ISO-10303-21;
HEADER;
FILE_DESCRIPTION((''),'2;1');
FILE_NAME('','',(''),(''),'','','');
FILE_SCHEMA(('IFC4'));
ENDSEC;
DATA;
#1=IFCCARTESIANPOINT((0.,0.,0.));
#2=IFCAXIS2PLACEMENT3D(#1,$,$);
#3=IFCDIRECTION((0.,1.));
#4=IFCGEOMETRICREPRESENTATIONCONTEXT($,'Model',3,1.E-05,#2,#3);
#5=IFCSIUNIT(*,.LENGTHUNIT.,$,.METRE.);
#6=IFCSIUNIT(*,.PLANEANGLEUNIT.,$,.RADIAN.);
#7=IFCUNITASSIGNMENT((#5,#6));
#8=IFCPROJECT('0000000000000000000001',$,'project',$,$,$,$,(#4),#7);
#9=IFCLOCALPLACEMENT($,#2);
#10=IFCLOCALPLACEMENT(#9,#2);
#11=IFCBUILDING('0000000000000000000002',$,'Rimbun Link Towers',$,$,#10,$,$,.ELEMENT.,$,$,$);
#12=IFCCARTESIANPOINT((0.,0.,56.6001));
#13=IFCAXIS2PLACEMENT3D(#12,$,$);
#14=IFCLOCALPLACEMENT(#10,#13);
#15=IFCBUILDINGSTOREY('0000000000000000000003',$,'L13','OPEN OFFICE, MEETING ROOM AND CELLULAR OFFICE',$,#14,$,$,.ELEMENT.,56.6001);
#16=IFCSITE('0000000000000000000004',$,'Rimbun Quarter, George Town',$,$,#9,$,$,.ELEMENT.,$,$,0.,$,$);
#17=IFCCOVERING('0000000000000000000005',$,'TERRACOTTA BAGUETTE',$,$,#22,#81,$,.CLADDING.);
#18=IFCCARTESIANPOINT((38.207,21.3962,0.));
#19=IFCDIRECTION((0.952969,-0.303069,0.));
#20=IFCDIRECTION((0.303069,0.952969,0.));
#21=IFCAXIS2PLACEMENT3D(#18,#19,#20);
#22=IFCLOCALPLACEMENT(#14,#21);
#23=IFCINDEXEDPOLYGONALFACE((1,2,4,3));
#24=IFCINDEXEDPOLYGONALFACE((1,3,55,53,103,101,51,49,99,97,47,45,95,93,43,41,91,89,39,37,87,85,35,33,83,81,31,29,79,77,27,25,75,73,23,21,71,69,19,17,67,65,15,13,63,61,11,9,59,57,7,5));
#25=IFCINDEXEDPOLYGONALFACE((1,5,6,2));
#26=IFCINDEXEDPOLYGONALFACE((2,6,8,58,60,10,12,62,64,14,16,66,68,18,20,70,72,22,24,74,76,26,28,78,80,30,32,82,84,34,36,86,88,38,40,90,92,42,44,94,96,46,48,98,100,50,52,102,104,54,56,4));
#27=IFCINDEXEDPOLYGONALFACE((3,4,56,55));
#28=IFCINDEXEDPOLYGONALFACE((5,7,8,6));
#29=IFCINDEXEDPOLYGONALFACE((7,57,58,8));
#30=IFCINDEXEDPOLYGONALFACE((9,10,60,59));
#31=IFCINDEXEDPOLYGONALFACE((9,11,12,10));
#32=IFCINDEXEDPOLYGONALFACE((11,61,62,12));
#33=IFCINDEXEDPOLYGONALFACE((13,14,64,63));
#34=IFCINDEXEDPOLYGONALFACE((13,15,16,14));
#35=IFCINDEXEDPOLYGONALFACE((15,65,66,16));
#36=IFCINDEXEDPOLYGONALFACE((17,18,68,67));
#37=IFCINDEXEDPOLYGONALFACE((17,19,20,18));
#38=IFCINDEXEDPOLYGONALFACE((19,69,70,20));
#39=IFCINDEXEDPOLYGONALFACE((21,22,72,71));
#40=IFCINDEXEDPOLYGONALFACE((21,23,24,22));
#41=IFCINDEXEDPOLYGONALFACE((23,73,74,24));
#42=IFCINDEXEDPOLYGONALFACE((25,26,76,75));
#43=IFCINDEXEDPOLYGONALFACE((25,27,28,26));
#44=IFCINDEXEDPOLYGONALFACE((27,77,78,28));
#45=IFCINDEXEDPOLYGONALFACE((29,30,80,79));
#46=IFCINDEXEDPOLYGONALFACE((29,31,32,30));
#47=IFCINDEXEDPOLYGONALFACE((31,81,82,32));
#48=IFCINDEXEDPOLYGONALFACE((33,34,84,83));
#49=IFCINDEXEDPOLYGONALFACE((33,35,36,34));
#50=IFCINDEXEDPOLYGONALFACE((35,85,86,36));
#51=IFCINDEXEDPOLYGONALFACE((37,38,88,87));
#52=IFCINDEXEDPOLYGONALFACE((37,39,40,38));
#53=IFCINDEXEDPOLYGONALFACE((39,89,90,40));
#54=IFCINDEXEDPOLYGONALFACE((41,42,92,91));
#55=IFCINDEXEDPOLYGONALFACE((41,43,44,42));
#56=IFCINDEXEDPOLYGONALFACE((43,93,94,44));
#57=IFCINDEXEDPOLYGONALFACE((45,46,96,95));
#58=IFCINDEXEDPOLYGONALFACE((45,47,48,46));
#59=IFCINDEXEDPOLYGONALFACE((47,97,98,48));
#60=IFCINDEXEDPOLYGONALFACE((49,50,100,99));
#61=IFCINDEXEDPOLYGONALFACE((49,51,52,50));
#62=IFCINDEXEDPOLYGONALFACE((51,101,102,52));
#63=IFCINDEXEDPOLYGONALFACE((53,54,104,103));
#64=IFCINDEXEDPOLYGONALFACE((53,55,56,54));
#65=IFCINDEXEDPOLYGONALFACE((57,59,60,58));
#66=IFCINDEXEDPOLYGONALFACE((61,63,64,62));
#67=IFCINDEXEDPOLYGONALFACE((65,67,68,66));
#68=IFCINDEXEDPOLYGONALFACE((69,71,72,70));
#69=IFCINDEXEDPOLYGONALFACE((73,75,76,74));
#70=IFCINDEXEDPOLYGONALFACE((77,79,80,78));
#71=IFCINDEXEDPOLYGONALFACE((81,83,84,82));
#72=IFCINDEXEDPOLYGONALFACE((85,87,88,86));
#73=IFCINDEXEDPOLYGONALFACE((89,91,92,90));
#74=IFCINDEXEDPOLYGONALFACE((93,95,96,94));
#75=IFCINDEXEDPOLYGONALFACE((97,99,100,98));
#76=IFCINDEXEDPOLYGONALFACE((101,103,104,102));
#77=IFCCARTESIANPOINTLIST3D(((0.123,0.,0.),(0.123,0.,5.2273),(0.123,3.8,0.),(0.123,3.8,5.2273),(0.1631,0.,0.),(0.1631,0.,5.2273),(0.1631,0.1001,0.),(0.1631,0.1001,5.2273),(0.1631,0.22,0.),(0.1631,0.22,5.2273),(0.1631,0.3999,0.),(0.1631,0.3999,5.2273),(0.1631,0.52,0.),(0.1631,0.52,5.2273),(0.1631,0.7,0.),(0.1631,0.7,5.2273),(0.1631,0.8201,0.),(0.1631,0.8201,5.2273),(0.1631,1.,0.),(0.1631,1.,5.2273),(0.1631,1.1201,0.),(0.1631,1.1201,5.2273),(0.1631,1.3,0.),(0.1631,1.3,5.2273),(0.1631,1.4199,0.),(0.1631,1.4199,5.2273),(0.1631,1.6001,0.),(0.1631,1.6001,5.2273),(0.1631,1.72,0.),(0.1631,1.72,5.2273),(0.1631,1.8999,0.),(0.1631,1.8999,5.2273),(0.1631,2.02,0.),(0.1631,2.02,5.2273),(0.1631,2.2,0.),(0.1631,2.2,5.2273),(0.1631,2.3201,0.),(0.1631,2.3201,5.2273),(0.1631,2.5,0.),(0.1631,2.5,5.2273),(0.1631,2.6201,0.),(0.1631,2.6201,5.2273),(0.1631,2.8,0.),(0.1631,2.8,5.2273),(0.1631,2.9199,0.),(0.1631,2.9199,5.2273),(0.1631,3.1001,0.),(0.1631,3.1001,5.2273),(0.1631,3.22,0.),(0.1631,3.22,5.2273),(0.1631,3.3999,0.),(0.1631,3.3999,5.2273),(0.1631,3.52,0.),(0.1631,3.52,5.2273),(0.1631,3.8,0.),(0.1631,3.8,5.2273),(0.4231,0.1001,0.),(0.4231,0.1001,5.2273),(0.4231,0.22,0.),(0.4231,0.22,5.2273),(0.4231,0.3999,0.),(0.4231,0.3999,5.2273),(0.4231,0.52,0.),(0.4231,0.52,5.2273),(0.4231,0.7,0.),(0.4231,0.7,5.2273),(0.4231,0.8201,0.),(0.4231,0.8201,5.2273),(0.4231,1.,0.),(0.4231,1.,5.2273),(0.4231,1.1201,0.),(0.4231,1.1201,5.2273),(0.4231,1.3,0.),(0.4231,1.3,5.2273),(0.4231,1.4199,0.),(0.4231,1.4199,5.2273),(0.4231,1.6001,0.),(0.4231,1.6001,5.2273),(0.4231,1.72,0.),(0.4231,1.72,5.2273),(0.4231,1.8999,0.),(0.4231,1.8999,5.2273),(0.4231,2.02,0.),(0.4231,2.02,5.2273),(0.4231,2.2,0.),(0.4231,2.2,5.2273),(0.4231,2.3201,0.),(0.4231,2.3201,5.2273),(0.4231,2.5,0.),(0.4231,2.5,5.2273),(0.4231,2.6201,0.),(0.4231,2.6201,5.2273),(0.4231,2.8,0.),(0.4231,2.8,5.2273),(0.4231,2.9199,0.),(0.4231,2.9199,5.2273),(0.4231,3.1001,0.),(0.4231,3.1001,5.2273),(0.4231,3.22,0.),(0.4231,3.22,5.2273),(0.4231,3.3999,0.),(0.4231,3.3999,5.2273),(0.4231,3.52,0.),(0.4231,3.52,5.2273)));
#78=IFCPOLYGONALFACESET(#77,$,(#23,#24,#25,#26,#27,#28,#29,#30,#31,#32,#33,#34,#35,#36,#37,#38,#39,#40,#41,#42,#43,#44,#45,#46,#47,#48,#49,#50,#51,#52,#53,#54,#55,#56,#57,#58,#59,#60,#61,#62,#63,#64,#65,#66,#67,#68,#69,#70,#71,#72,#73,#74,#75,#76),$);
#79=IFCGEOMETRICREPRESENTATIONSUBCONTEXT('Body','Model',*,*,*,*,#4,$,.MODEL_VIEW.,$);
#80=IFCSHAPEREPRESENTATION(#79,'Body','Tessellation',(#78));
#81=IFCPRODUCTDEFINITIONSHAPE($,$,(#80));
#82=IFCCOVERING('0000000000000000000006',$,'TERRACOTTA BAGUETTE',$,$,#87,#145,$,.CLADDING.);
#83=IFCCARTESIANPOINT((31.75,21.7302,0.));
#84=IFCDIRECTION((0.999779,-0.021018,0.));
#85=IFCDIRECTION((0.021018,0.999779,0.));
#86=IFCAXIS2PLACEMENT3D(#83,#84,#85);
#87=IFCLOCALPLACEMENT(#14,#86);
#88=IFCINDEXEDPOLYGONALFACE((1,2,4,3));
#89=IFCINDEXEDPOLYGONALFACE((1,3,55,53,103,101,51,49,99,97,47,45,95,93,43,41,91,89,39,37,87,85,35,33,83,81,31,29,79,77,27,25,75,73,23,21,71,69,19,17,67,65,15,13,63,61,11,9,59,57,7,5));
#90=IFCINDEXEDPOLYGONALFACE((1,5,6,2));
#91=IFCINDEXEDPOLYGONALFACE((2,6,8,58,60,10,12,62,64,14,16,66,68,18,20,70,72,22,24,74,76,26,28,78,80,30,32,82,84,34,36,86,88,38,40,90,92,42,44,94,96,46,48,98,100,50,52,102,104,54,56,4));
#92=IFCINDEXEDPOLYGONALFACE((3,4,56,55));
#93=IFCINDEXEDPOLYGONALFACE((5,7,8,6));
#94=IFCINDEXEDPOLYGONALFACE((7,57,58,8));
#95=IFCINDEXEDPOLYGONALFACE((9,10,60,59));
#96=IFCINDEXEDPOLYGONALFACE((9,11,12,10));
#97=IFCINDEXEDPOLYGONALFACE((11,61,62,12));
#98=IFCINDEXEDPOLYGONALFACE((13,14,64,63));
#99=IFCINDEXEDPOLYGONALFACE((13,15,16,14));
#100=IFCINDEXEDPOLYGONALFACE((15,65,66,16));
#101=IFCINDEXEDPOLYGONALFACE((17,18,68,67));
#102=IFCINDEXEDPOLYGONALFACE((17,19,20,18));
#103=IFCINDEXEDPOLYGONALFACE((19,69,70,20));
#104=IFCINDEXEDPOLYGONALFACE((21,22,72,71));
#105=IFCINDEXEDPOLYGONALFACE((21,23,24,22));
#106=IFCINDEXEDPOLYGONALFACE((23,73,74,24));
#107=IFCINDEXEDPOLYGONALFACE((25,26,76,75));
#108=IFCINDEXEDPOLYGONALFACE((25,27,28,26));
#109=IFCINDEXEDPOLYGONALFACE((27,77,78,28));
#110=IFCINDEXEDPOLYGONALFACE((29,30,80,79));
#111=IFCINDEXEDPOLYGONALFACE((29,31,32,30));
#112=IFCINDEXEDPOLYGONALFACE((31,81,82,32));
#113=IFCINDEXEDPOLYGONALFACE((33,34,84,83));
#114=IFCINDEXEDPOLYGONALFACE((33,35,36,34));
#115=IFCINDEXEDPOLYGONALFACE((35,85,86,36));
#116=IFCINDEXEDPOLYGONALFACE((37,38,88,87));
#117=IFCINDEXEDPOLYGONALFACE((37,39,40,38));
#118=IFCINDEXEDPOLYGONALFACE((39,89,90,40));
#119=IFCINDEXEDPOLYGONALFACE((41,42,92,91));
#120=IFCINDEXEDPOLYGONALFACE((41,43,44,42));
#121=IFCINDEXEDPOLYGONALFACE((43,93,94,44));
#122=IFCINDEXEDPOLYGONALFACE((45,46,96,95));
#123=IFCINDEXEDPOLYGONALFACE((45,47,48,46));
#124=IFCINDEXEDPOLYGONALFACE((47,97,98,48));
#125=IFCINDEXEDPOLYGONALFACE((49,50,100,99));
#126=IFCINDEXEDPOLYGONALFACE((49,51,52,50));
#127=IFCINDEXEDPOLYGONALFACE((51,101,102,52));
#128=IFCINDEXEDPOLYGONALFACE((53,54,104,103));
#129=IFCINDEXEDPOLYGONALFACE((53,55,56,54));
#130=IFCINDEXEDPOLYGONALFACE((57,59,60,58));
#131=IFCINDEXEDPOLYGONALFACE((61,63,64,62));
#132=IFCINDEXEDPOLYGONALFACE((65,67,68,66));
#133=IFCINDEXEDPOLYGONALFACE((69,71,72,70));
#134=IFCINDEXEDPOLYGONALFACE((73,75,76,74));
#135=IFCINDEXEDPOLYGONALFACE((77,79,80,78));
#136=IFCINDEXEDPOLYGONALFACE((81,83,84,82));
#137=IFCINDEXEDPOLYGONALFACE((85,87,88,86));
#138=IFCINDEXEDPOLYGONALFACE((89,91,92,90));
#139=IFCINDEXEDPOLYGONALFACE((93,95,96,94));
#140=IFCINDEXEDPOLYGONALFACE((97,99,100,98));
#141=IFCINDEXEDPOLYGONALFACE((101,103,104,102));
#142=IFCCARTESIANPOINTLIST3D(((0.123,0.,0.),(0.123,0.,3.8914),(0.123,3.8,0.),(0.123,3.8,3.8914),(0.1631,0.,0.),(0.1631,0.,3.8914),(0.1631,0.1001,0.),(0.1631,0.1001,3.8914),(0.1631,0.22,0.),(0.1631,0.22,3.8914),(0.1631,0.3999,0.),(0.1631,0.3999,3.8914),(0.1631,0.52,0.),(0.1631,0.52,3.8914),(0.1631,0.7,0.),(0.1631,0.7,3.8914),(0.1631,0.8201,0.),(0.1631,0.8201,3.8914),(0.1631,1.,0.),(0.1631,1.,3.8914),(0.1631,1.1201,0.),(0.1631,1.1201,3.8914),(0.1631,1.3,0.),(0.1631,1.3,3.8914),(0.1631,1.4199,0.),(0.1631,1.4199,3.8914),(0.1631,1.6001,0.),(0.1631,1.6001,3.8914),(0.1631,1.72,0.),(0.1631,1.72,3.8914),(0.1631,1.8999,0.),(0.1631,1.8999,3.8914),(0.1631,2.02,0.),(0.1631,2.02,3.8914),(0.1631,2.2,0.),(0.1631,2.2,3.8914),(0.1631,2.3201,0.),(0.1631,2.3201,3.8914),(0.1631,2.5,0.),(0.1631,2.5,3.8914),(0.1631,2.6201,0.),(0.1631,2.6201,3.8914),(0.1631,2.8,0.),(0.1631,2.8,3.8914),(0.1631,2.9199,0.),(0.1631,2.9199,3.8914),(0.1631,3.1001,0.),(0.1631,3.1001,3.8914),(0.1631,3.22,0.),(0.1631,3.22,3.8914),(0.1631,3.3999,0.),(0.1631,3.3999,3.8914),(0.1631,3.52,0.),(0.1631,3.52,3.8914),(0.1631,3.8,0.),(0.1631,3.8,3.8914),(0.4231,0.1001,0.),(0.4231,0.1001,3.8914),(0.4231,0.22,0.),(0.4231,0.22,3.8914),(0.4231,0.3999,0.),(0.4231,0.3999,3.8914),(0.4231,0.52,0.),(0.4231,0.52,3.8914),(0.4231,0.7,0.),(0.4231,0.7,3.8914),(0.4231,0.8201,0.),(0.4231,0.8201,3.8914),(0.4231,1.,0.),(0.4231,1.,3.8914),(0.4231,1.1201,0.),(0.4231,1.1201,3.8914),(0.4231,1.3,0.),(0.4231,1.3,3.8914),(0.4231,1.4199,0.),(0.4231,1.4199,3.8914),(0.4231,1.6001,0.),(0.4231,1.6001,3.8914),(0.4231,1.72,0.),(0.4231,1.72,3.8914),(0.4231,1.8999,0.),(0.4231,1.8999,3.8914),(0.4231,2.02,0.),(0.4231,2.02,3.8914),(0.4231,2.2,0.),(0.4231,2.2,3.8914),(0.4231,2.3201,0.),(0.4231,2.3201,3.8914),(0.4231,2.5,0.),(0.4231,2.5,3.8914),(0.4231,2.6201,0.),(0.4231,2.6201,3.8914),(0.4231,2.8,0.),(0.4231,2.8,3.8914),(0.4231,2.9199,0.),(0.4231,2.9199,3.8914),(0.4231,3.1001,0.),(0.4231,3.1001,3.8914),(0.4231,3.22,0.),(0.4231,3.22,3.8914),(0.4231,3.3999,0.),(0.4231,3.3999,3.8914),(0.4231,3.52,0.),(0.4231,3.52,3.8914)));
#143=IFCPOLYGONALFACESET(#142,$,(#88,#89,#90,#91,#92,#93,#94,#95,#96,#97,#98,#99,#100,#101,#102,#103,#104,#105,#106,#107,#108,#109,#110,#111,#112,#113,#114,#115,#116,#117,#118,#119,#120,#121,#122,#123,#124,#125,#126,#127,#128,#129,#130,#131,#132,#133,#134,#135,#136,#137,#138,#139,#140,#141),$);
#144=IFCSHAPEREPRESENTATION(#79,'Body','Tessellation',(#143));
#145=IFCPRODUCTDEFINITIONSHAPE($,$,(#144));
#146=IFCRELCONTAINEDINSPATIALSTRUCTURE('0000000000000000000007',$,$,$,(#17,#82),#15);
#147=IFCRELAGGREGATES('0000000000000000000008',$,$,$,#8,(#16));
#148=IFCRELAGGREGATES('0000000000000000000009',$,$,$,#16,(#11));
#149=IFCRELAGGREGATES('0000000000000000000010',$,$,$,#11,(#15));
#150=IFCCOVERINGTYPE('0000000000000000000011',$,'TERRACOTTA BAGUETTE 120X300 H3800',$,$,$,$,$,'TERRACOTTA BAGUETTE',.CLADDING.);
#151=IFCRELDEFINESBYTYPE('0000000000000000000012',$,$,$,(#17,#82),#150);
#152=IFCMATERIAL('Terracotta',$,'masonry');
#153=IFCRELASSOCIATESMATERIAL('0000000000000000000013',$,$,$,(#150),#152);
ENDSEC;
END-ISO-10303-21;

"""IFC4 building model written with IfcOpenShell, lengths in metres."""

from ifc_helpers import new_model, si_unit, direction, frame, origin, place, context, subcontext, project, spatial, polyline, outline, extrude, material, material_profile, profile_set, type_object, element, save


model = new_model("IFC4")

# Units and contexts
model_context = context("Model", 3, precision=1e-05, world=origin(), true_north=direction((0.0, 1.0)))
body_context = subcontext(model_context, "Body", "Model", "MODEL_VIEW")
ifc_project = project(units=[si_unit("LENGTHUNIT", "METRE"), si_unit("PLANEANGLEUNIT", "RADIAN")], contexts=[model_context])

# Site, building, storey
site_placement = place(None, origin())
site = spatial("IfcSite", under=ifc_project, at=site_placement, Name="Rimbun Quarter, George Town", CompositionType="ELEMENT", RefElevation=0.0)
building_placement = place(site_placement, origin())
building = spatial("IfcBuilding", under=site, at=building_placement, Name="Rimbun Link Towers", CompositionType="ELEMENT")
storey_placement = place(building_placement, frame((0.0, 0.0, 56.6001)))
storey = spatial("IfcBuildingStorey", under=building, at=storey_placement, Name="L13", Description="OPEN OFFICE, MEETING ROOM AND CELLULAR OFFICE", CompositionType="ELEMENT", Elevation=56.6001)

# Coverings
ifc_material_1 = material(Name="Terracotta", Category="masonry")
ifc_material_profile_1 = material_profile(ifc_material_1, outline(polyline([(0.123, 0.0), (0.1631, 0.0), (0.1631, 0.1001), (0.4231, 0.1001), (0.4231, 0.22), (0.1631, 0.22), (0.1631, 0.3999), (0.4231, 0.3999), (0.4231, 0.52), (0.1631, 0.52), (0.1631, 0.7), (0.4231, 0.7), (0.4231, 0.8201), (0.1631, 0.8201), (0.1631, 1.0), (0.4231, 1.0), (0.4231, 1.1201), (0.1631, 1.1201), (0.1631, 1.3), (0.4231, 1.3), (0.4231, 1.4199), (0.1631, 1.4199), (0.1631, 1.6001), (0.4231, 1.6001), (0.4231, 1.72), (0.1631, 1.72), (0.1631, 1.8999), (0.4231, 1.8999), (0.4231, 2.02), (0.1631, 2.02), (0.1631, 2.2), (0.4231, 2.2), (0.4231, 2.3201), (0.1631, 2.3201), (0.1631, 2.5), (0.4231, 2.5), (0.4231, 2.6201), (0.1631, 2.6201), (0.1631, 2.8), (0.4231, 2.8), (0.4231, 2.9199), (0.1631, 2.9199), (0.1631, 3.1001), (0.4231, 3.1001), (0.4231, 3.22), (0.1631, 3.22), (0.1631, 3.3999), (0.4231, 3.3999), (0.4231, 3.52), (0.1631, 3.52), (0.1631, 3.8), (0.123, 3.8), (0.123, 0.0)])), Name="BAGUETTE 120X300")
ifc_profile_set_1 = profile_set([ifc_material_profile_1], Name="Terracotta")
covering_type = type_object("IfcCoveringType", Name="TERRACOTTA BAGUETTE 120X300 H3800", ElementType="TERRACOTTA BAGUETTE", PredefinedType="CLADDING", material=ifc_profile_set_1)
covering_1_placement = place(storey_placement, frame((38.207, 21.3962, 0.0), z_axis=(0.952969, -0.303069, 0.0), x_axis=(0.303069, 0.952969, 0.0)))
element("IfcCovering", 1, at=covering_1_placement, inside=storey, type_object=covering_type, Name="TERRACOTTA BAGUETTE", PredefinedType="CLADDING", context=body_context, shape_type="SweptSolid", body=[
    extrude(outline(polyline([(0.123, 0.0), (0.1631, 0.0), (0.1631, 0.1001), (0.4231, 0.1001), (0.4231, 0.22), (0.1631, 0.22), (0.1631, 0.3999), (0.4231, 0.3999), (0.4231, 0.52), (0.1631, 0.52), (0.1631, 0.7), (0.4231, 0.7), (0.4231, 0.8201), (0.1631, 0.8201), (0.1631, 1.0), (0.4231, 1.0), (0.4231, 1.1201), (0.1631, 1.1201), (0.1631, 1.3), (0.4231, 1.3), (0.4231, 1.4199), (0.1631, 1.4199), (0.1631, 1.6001), (0.4231, 1.6001), (0.4231, 1.72), (0.1631, 1.72), (0.1631, 1.8999), (0.4231, 1.8999), (0.4231, 2.02), (0.1631, 2.02), (0.1631, 2.2), (0.4231, 2.2), (0.4231, 2.3201), (0.1631, 2.3201), (0.1631, 2.5), (0.4231, 2.5), (0.4231, 2.6201), (0.1631, 2.6201), (0.1631, 2.8), (0.4231, 2.8), (0.4231, 2.9199), (0.1631, 2.9199), (0.1631, 3.1001), (0.4231, 3.1001), (0.4231, 3.22), (0.1631, 3.22), (0.1631, 3.3999), (0.4231, 3.3999), (0.4231, 3.52), (0.1631, 3.52), (0.1631, 3.8), (0.123, 3.8), (0.123, 0.0)])), origin(), (0.0, 0.0, 1.0), 5.2273),
])
covering_2_placement = place(storey_placement, frame((31.75, 21.7302, 0.0), z_axis=(0.999779, -0.021018, 0.0), x_axis=(0.021018, 0.999779, 0.0)))
element("IfcCovering", 2, at=covering_2_placement, inside=storey, type_object=covering_type, Name="TERRACOTTA BAGUETTE", PredefinedType="CLADDING", context=body_context, shape_type="SweptSolid", body=[
    extrude(outline(polyline([(0.123, 0.0), (0.1631, 0.0), (0.1631, 0.1001), (0.4231, 0.1001), (0.4231, 0.22), (0.1631, 0.22), (0.1631, 0.3999), (0.4231, 0.3999), (0.4231, 0.52), (0.1631, 0.52), (0.1631, 0.7), (0.4231, 0.7), (0.4231, 0.8201), (0.1631, 0.8201), (0.1631, 1.0), (0.4231, 1.0), (0.4231, 1.1201), (0.1631, 1.1201), (0.1631, 1.3), (0.4231, 1.3), (0.4231, 1.4199), (0.1631, 1.4199), (0.1631, 1.6001), (0.4231, 1.6001), (0.4231, 1.72), (0.1631, 1.72), (0.1631, 1.8999), (0.4231, 1.8999), (0.4231, 2.02), (0.1631, 2.02), (0.1631, 2.2), (0.4231, 2.2), (0.4231, 2.3201), (0.1631, 2.3201), (0.1631, 2.5), (0.4231, 2.5), (0.4231, 2.6201), (0.1631, 2.6201), (0.1631, 2.8), (0.4231, 2.8), (0.4231, 2.9199), (0.1631, 2.9199), (0.1631, 3.1001), (0.4231, 3.1001), (0.4231, 3.22), (0.1631, 3.22), (0.1631, 3.3999), (0.4231, 3.3999), (0.4231, 3.52), (0.1631, 3.52), (0.1631, 3.8), (0.123, 3.8), (0.123, 0.0)])), origin(), (0.0, 0.0, 1.0), 3.8914),
])

save(model, "model.ifc")
